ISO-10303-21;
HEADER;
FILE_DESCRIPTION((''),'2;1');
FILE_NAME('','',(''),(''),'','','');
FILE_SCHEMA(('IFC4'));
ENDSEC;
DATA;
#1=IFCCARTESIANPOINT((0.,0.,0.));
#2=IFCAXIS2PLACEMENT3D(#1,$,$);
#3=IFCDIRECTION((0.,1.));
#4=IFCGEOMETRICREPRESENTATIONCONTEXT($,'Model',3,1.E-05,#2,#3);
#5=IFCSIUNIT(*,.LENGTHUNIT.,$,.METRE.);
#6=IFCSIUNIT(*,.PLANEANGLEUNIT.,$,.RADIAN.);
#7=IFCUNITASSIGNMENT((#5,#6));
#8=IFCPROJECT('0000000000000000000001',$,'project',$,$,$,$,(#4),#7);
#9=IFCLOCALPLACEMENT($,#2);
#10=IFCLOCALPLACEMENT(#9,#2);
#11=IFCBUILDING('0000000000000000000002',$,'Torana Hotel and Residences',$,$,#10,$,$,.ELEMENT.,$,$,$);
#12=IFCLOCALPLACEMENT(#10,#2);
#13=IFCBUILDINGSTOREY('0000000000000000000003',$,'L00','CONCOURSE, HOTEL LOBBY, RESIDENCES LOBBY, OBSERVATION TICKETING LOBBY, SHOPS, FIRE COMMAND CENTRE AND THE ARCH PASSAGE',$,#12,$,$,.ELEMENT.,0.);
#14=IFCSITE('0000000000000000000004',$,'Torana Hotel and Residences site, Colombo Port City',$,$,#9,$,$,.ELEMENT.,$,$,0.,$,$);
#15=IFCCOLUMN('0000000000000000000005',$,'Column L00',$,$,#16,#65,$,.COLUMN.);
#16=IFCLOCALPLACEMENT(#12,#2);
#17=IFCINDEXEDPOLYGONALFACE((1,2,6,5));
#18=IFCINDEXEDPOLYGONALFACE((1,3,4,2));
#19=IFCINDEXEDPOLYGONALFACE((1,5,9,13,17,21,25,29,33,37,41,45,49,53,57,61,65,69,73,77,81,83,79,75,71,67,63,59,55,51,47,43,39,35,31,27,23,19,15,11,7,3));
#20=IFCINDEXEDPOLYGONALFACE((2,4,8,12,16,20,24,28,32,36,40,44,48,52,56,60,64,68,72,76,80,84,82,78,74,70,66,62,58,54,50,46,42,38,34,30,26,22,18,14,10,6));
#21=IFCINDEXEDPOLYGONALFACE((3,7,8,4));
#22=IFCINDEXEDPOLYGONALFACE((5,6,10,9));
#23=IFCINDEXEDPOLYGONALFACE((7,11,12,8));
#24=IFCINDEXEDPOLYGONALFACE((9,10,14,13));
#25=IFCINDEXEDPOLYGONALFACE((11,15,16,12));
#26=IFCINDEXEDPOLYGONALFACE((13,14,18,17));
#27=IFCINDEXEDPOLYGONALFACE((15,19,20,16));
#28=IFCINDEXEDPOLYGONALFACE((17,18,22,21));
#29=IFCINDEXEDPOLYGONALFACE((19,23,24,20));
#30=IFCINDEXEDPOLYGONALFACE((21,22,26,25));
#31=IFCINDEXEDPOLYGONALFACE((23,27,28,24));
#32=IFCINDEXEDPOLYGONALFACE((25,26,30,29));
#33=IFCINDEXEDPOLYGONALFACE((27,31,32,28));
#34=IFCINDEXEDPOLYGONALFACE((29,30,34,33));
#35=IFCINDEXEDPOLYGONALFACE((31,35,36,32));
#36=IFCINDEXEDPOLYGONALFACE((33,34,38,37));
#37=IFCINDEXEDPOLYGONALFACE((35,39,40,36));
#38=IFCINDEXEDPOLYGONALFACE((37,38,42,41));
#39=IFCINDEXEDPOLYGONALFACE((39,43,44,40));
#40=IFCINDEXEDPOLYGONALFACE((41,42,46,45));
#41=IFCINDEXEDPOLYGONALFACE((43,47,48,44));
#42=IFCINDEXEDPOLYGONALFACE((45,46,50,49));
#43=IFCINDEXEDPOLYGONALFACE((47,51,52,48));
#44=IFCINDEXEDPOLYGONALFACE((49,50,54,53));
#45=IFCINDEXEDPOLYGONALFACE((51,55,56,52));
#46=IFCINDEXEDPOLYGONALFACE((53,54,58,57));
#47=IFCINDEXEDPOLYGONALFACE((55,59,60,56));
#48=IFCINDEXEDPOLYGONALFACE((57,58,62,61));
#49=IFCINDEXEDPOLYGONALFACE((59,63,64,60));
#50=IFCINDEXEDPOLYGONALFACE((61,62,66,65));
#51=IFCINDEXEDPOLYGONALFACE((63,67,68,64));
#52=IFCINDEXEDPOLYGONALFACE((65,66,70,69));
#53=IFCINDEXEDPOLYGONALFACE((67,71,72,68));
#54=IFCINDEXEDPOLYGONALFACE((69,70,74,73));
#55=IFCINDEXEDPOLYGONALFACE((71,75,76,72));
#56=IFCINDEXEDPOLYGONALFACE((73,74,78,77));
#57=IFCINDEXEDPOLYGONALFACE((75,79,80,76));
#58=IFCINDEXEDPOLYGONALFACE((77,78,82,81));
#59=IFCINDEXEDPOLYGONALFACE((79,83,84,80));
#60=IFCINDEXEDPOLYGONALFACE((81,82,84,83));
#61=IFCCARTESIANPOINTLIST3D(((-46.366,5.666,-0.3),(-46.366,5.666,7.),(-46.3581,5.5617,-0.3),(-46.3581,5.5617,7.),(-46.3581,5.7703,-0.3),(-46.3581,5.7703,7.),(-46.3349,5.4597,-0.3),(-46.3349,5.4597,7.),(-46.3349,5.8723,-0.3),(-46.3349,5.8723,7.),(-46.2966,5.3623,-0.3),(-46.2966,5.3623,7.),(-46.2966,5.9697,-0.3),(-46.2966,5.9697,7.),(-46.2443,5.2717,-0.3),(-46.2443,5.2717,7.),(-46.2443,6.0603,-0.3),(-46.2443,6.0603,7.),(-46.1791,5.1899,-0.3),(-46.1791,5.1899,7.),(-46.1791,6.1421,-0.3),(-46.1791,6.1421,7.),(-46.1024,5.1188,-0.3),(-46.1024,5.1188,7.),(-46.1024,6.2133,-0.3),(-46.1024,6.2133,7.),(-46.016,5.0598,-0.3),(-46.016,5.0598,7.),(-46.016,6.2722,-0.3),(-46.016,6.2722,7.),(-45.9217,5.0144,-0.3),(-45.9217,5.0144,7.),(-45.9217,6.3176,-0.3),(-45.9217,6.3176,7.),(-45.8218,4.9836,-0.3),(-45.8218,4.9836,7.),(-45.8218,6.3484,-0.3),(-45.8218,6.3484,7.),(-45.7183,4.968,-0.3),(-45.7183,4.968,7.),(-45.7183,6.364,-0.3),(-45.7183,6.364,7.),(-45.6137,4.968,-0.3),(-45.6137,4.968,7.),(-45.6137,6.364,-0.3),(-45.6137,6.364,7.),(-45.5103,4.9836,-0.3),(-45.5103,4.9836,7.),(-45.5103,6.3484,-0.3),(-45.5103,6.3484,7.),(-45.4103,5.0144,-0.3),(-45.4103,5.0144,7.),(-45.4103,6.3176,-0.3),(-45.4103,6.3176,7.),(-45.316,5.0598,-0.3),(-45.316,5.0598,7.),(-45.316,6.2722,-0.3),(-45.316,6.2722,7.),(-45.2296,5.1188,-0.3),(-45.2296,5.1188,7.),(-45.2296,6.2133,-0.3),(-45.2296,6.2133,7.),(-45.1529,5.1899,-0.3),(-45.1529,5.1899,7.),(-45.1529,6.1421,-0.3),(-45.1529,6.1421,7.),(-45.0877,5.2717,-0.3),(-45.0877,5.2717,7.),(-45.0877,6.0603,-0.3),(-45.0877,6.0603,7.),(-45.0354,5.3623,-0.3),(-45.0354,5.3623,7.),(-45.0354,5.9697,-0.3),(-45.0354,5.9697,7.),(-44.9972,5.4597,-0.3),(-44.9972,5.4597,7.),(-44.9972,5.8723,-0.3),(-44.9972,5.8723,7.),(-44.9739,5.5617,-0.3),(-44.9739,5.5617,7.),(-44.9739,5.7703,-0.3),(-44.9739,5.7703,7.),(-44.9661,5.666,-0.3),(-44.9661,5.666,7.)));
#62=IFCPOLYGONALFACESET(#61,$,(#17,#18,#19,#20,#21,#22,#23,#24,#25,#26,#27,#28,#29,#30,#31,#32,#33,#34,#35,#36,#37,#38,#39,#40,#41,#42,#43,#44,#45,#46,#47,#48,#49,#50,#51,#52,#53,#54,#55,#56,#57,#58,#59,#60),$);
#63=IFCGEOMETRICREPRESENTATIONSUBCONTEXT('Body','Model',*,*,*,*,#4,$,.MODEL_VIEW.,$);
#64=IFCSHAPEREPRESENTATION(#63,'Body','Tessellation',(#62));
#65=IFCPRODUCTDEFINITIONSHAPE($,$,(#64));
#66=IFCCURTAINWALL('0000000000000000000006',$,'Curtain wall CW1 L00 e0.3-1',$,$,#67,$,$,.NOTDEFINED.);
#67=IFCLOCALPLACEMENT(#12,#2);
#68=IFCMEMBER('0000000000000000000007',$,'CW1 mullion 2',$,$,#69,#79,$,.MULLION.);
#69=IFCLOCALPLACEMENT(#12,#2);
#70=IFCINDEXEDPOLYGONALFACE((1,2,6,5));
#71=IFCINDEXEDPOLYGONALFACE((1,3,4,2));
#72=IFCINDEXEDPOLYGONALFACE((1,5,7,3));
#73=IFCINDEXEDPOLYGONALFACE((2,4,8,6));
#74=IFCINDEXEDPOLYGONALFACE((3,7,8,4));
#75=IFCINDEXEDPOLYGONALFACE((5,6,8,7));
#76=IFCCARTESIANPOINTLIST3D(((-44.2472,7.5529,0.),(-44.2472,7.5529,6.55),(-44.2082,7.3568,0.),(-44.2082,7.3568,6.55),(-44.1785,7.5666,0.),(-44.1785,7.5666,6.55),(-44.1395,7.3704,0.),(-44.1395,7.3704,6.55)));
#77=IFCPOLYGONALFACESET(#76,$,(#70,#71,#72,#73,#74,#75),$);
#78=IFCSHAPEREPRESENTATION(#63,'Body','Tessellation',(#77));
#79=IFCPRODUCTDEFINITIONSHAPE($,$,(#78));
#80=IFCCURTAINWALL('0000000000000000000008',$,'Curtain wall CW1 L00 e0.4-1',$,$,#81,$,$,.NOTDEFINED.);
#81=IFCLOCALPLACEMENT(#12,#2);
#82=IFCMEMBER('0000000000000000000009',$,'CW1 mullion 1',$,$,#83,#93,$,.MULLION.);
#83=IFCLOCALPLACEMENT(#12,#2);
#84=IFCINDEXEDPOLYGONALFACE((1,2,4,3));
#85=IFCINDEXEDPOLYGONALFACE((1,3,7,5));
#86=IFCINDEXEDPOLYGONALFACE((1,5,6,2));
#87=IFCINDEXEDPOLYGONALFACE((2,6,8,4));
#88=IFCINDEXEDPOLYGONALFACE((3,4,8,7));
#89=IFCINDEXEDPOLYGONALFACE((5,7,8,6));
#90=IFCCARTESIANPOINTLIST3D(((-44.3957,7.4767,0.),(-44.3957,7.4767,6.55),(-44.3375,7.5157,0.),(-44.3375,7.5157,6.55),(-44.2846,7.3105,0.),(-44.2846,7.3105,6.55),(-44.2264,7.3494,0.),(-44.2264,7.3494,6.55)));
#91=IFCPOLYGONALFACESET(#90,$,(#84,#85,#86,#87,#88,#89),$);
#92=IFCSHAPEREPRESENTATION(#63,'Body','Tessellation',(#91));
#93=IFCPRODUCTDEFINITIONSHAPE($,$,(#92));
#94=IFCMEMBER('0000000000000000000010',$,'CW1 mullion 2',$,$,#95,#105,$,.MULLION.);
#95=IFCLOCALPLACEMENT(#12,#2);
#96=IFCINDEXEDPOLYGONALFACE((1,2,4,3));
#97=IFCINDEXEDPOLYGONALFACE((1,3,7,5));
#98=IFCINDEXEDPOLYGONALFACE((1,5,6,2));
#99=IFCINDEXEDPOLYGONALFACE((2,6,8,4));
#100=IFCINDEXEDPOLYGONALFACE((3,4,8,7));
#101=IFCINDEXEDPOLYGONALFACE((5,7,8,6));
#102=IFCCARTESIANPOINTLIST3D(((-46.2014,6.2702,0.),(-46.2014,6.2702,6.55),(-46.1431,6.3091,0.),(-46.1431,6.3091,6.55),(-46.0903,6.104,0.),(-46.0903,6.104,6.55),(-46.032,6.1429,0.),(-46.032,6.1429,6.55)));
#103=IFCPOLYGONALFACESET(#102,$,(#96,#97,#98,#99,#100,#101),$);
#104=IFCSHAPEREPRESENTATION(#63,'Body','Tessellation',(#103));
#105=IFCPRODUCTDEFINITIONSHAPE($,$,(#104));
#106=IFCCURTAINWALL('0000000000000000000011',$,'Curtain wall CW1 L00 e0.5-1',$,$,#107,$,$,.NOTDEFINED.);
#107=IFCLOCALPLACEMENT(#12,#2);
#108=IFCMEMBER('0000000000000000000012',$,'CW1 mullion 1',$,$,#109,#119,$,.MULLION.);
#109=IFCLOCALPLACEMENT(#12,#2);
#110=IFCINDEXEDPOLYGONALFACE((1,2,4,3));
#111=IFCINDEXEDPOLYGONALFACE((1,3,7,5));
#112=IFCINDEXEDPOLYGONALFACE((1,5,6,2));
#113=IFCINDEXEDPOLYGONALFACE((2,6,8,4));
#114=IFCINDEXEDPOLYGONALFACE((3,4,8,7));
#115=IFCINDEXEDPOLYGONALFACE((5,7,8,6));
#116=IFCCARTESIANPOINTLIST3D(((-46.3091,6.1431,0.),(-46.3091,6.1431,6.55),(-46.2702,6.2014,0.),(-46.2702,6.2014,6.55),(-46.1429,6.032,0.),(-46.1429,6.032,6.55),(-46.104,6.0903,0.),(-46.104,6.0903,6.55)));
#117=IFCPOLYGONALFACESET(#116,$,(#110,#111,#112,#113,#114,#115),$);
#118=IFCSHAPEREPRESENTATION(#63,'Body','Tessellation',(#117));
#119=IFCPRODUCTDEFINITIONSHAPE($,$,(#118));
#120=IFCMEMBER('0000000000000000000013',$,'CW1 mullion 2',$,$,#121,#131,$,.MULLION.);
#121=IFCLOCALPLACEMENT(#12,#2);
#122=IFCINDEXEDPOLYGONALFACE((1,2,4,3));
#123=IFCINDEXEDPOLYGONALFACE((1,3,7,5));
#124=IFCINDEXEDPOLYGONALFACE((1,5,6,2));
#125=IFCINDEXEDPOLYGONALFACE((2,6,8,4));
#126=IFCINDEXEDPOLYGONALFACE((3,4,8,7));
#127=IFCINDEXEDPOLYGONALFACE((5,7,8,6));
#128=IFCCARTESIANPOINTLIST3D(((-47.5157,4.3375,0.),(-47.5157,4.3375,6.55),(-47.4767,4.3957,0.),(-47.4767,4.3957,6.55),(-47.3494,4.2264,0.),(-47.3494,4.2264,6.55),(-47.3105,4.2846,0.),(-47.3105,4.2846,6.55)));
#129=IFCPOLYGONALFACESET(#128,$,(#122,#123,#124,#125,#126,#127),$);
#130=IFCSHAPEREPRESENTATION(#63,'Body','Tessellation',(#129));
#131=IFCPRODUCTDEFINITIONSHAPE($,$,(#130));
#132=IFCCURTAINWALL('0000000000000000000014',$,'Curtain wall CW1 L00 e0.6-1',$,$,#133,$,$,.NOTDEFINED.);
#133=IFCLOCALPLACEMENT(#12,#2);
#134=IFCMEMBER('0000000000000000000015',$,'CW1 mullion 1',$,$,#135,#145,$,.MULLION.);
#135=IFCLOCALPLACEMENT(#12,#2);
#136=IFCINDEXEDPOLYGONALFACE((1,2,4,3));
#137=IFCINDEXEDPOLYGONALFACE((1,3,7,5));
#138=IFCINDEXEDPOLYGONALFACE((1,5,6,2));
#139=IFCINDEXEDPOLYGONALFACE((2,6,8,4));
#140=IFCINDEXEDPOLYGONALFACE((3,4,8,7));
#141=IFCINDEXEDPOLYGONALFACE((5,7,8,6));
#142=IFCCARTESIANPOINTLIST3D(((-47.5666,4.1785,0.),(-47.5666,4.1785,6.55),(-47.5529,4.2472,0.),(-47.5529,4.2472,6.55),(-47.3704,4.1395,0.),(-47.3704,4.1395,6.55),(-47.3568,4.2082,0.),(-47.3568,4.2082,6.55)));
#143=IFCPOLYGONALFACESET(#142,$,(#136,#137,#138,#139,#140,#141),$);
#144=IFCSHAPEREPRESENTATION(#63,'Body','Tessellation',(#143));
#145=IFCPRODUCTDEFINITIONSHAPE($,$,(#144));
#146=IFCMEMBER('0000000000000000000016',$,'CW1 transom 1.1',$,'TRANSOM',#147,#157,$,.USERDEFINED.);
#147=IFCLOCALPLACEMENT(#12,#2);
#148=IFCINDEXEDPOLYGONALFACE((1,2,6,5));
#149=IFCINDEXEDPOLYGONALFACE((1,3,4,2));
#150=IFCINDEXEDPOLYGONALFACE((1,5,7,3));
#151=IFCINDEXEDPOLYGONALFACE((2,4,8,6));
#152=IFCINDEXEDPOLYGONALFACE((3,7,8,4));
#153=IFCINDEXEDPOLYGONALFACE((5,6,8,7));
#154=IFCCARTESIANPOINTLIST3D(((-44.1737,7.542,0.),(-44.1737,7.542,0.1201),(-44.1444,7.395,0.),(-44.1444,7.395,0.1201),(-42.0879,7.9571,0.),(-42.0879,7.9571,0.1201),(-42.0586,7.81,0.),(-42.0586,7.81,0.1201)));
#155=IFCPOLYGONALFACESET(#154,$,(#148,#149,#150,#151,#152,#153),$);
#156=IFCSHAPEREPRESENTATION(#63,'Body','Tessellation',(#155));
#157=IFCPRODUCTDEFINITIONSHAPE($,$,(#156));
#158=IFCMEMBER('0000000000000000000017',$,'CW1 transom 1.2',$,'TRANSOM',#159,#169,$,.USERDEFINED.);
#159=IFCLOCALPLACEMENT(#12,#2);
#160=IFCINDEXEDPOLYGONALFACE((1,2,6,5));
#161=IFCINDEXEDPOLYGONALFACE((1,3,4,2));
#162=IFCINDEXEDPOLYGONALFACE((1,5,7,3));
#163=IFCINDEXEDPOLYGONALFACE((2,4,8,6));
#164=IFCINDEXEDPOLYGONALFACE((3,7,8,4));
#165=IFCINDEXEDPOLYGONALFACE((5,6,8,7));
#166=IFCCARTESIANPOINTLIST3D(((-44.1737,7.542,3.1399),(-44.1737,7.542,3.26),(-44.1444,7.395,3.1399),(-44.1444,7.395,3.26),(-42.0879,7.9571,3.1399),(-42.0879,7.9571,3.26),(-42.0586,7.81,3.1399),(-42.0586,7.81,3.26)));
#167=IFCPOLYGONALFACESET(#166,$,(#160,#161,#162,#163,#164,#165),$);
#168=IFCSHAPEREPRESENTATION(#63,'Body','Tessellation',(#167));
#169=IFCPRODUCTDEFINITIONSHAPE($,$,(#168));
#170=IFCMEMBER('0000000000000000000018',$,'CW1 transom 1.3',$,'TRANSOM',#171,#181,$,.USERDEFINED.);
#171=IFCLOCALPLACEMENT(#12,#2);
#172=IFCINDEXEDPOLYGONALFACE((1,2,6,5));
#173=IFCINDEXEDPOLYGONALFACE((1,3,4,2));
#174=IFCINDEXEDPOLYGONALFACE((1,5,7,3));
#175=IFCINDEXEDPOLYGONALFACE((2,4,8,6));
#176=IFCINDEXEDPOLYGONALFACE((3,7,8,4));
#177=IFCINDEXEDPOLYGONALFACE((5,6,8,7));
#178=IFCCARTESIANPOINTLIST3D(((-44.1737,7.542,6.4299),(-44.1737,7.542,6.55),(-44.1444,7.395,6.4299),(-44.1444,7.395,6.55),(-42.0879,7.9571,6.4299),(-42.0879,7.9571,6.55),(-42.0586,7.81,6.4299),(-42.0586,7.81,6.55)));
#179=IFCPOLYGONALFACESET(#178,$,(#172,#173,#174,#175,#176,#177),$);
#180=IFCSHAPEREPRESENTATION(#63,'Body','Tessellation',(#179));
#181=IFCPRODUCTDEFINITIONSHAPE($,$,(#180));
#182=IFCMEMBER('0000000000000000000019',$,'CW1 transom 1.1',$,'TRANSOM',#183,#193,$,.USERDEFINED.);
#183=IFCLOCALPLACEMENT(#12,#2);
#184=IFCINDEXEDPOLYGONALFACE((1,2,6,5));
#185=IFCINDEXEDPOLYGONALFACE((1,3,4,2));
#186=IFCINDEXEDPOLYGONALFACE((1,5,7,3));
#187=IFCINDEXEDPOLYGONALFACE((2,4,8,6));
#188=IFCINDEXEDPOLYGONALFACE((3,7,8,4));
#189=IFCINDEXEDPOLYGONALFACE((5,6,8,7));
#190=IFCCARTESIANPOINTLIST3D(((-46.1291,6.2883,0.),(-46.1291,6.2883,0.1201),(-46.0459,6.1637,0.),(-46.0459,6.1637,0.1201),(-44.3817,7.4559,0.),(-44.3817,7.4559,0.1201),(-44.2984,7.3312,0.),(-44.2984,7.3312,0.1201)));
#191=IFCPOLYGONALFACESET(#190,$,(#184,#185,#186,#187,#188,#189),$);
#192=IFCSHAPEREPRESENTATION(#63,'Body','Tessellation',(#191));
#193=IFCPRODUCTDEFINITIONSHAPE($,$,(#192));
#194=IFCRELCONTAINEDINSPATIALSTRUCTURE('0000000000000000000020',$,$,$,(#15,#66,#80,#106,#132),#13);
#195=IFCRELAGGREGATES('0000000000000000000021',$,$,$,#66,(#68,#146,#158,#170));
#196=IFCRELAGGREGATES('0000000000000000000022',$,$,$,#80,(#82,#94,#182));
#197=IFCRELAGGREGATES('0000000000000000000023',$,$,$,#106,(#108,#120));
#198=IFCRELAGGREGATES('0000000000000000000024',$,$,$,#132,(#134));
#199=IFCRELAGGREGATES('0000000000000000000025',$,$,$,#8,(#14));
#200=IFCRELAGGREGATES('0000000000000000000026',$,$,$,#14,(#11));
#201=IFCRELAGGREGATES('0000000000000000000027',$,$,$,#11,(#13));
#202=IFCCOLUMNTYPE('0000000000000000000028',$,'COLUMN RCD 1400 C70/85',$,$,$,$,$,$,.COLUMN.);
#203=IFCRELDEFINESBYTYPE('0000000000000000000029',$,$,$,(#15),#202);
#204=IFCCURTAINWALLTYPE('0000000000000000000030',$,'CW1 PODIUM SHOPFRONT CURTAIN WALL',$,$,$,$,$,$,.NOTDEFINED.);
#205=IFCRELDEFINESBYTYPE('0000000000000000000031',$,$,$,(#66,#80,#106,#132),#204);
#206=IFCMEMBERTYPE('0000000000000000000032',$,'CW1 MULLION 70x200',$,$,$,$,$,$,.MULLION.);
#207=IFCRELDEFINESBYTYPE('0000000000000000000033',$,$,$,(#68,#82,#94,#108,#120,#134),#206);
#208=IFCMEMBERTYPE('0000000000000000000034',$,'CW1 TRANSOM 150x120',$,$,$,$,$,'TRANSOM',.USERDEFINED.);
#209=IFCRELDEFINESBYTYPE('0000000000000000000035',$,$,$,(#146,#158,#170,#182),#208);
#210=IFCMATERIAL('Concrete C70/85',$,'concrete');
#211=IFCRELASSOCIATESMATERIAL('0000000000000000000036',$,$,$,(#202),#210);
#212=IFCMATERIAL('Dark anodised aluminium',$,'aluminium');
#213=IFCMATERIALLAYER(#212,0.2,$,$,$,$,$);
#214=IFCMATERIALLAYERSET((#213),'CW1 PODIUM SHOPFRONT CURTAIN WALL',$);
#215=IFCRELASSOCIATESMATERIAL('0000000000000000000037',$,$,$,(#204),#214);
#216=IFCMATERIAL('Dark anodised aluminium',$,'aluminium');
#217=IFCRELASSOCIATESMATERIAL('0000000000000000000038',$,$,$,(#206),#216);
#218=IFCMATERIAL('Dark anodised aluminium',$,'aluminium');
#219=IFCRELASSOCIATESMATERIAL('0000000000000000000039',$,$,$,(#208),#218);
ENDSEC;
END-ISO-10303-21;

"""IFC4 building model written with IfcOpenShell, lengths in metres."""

from ifc_helpers import new_model, si_unit, direction, frame, origin, origin_2d, place, context, subcontext, project, spatial, rectangle, circle, extrude, material, layer, layer_set, material_profile, profile_set, type_object, element, aggregate, save


model = new_model("IFC4")

# Units and contexts
model_context = context("Model", 3, precision=1e-05, world=origin(), true_north=direction((0.0, 1.0)))
body_context = subcontext(model_context, "Body", "Model", "MODEL_VIEW")
ifc_project = project(units=[si_unit("LENGTHUNIT", "METRE"), si_unit("PLANEANGLEUNIT", "RADIAN")], contexts=[model_context])

# Site, building, storey
site_placement = place(None, origin())
site = spatial("IfcSite", under=ifc_project, at=site_placement, Name="Torana Hotel and Residences site, Colombo Port City", CompositionType="ELEMENT", RefElevation=0.0)
building_placement = place(site_placement, origin())
building = spatial("IfcBuilding", under=site, at=building_placement, Name="Torana Hotel and Residences", CompositionType="ELEMENT")
storey_placement = place(building_placement, origin())
storey = spatial("IfcBuildingStorey", under=building, at=storey_placement, Name="L00", Description="CONCOURSE, HOTEL LOBBY, RESIDENCES LOBBY, OBSERVATION TICKETING LOBBY, SHOPS, FIRE COMMAND CENTRE AND THE ARCH PASSAGE", CompositionType="ELEMENT", Elevation=0.0)

# Column
ifc_material_1 = material(Name="Concrete C70/85", Category="concrete")
ifc_material_profile_1 = material_profile(ifc_material_1, circle(Radius=0.7, at=origin_2d()), Name="RCD 1400")
ifc_profile_set_1 = profile_set([ifc_material_profile_1], Name="Concrete C70/85")
column_type = type_object("IfcColumnType", Name="COLUMN RCD 1400 C70/85", PredefinedType="COLUMN", material=ifc_profile_set_1)
column_placement = place(storey_placement, frame((-45.666, 5.666, -0.3), z_axis=(0.0, 0.0, 1.0), x_axis=(1.0, 0.0, 0.0)))
element("IfcColumn", 1, at=column_placement, inside=storey, type_object=column_type, Name="Column L00", PredefinedType="COLUMN", context=body_context, shape_type="SweptSolid", body=[
    extrude(circle(Radius=0.7, at=origin_2d()), origin(), (0.0, 0.0, 1.0), 7.3),
])

# Curtain wall, member
ifc_material_2 = material(Name="Dark anodised aluminium", Category="aluminium")
ifc_layer_1 = layer(ifc_material_2, 0.2)
ifc_layer_set_1 = layer_set([ifc_layer_1], Name="CW1 PODIUM SHOPFRONT CURTAIN WALL")
curtain_wall_type = type_object("IfcCurtainWallType", Name="CW1 PODIUM SHOPFRONT CURTAIN WALL", PredefinedType="NOTDEFINED", material=ifc_layer_set_1)
curtain_wall_1_placement = place(storey_placement, origin())
curtain_wall_1 = element("IfcCurtainWall", 2, at=curtain_wall_1_placement, inside=storey, type_object=curtain_wall_type, Name="Curtain wall CW1 L00 e0.3-1", PredefinedType="NOTDEFINED")
ifc_material_3 = material(Name="Dark anodised aluminium", Category="aluminium")
ifc_material_profile_2 = material_profile(ifc_material_3, rectangle(XDim=0.2, YDim=0.0701, at=origin_2d()), Name="CW1 MULLION 70x200")
ifc_profile_set_2 = profile_set([ifc_material_profile_2], Name="Dark anodised aluminium")
member_type_1 = type_object("IfcMemberType", Name="CW1 MULLION 70x200", PredefinedType="MULLION", material=ifc_profile_set_2)
member_1_placement = place(storey_placement, frame((-44.1934, 7.4617, 0.0), z_axis=(0.0, 0.0, 1.0), x_axis=(0.195081, -0.980787, 0.0)))
member_1 = element("IfcMember", 3, at=member_1_placement, type_object=member_type_1, Name="CW1 mullion 2", PredefinedType="MULLION", context=body_context, shape_type="SweptSolid", body=[
    extrude(rectangle(XDim=0.2, YDim=0.0701, at=origin_2d()), origin(), (0.0, 0.0, 1.0), 6.55),
])

# Curtain walls, members
curtain_wall_2_placement = place(storey_placement, origin())
curtain_wall_2 = element("IfcCurtainWall", 4, at=curtain_wall_2_placement, inside=storey, type_object=curtain_wall_type, Name="Curtain wall CW1 L00 e0.4-1", PredefinedType="NOTDEFINED")
member_2_placement = place(storey_placement, frame((-44.311, 7.4131, 0.0), z_axis=(0.0, 0.0, 1.0), x_axis=(0.555585, -0.83146, 0.0)))
member_2 = element("IfcMember", 5, at=member_2_placement, type_object=member_type_1, Name="CW1 mullion 1", PredefinedType="MULLION", context=body_context, shape_type="SweptSolid", body=[
    extrude(rectangle(XDim=0.2, YDim=0.0701, at=origin_2d()), origin(), (0.0, 0.0, 1.0), 6.55),
])
member_3_placement = place(storey_placement, frame((-46.1167, 6.2065, 0.0), z_axis=(0.0, 0.0, 1.0), x_axis=(0.555585, -0.83146, 0.0)))
member_3 = element("IfcMember", 6, at=member_3_placement, type_object=member_type_1, Name="CW1 mullion 2", PredefinedType="MULLION", context=body_context, shape_type="SweptSolid", body=[
    extrude(rectangle(XDim=0.2, YDim=0.0701, at=origin_2d()), origin(), (0.0, 0.0, 1.0), 6.55),
])
curtain_wall_3_placement = place(storey_placement, origin())
curtain_wall_3 = element("IfcCurtainWall", 7, at=curtain_wall_3_placement, inside=storey, type_object=curtain_wall_type, Name="Curtain wall CW1 L00 e0.5-1", PredefinedType="NOTDEFINED")
member_4_placement = place(storey_placement, frame((-46.2065, 6.1167, 0.0), z_axis=(0.0, 0.0, 1.0), x_axis=(0.83146, -0.555585, 0.0)))
member_4 = element("IfcMember", 8, at=member_4_placement, type_object=member_type_1, Name="CW1 mullion 1", PredefinedType="MULLION", context=body_context, shape_type="SweptSolid", body=[
    extrude(rectangle(XDim=0.2, YDim=0.0701, at=origin_2d()), origin(), (0.0, 0.0, 1.0), 6.55),
])
member_5_placement = place(storey_placement, frame((-47.4131, 4.311, 0.0), z_axis=(0.0, 0.0, 1.0), x_axis=(0.83146, -0.555585, 0.0)))
member_5 = element("IfcMember", 9, at=member_5_placement, type_object=member_type_1, Name="CW1 mullion 2", PredefinedType="MULLION", context=body_context, shape_type="SweptSolid", body=[
    extrude(rectangle(XDim=0.2, YDim=0.0701, at=origin_2d()), origin(), (0.0, 0.0, 1.0), 6.55),
])

# Curtain wall, member
curtain_wall_4_placement = place(storey_placement, origin())
curtain_wall_4 = element("IfcCurtainWall", 10, at=curtain_wall_4_placement, inside=storey, type_object=curtain_wall_type, Name="Curtain wall CW1 L00 e0.6-1", PredefinedType="NOTDEFINED")
member_6_placement = place(storey_placement, frame((-47.4617, 4.1934, 0.0), z_axis=(0.0, 0.0, 1.0), x_axis=(0.980787, -0.195081, 0.0)))
member_6 = element("IfcMember", 11, at=member_6_placement, type_object=member_type_1, Name="CW1 mullion 1", PredefinedType="MULLION", context=body_context, shape_type="SweptSolid", body=[
    extrude(rectangle(XDim=0.2, YDim=0.0701, at=origin_2d()), origin(), (0.0, 0.0, 1.0), 6.55),
])

# Members
ifc_material_4 = material(Name="Dark anodised aluminium", Category="aluminium")
ifc_material_profile_3 = material_profile(ifc_material_4, rectangle(XDim=0.1499, YDim=0.1201, at=origin_2d()), Name="CW1 TRANSOM 150x120")
ifc_profile_set_3 = profile_set([ifc_material_profile_3], Name="Dark anodised aluminium")
member_type_2 = type_object("IfcMemberType", Name="CW1 TRANSOM 150x120", ElementType="TRANSOM", PredefinedType="USERDEFINED", material=ifc_profile_set_3)
member_7_placement = place(storey_placement, frame((-42.0732, 7.8835, 0.0601), z_axis=(-0.980774, -0.195145, 0.0), x_axis=(0.195145, -0.980774, 0.0)))
member_7 = element("IfcMember", 12, at=member_7_placement, type_object=member_type_2, Name="CW1 transom 1.1", ObjectType="TRANSOM", PredefinedType="USERDEFINED", context=body_context, shape_type="SweptSolid", body=[
    extrude(rectangle(XDim=0.1499, YDim=0.1201, at=origin_2d()), origin(), (0.0, 0.0, 1.0), 2.1267),
])
member_8_placement = place(storey_placement, frame((-42.0732, 7.8835, 3.2), z_axis=(-0.980774, -0.195145, 0.0), x_axis=(0.195145, -0.980774, 0.0)))
member_8 = element("IfcMember", 13, at=member_8_placement, type_object=member_type_2, Name="CW1 transom 1.2", ObjectType="TRANSOM", PredefinedType="USERDEFINED", context=body_context, shape_type="SweptSolid", body=[
    extrude(rectangle(XDim=0.1499, YDim=0.1201, at=origin_2d()), origin(), (0.0, 0.0, 1.0), 2.1267),
])
member_9_placement = place(storey_placement, frame((-42.0732, 7.8835, 6.49), z_axis=(-0.980774, -0.195145, 0.0), x_axis=(0.195145, -0.980774, 0.0)))
member_9 = element("IfcMember", 14, at=member_9_placement, type_object=member_type_2, Name="CW1 transom 1.3", ObjectType="TRANSOM", PredefinedType="USERDEFINED", context=body_context, shape_type="SweptSolid", body=[
    extrude(rectangle(XDim=0.1499, YDim=0.1201, at=origin_2d()), origin(), (0.0, 0.0, 1.0), 2.1267),
])
member_10_placement = place(storey_placement, frame((-44.3401, 7.3936, 0.0601), z_axis=(-0.831478, -0.555558, 0.0), x_axis=(0.555558, -0.831478, 0.0)))
member_10 = element("IfcMember", 15, at=member_10_placement, type_object=member_type_2, Name="CW1 transom 1.1", ObjectType="TRANSOM", PredefinedType="USERDEFINED", context=body_context, shape_type="SweptSolid", body=[
    extrude(rectangle(XDim=0.1499, YDim=0.1201, at=origin_2d()), origin(), (0.0, 0.0, 1.0), 2.1016),
])

aggregate(curtain_wall_1, [member_1, member_7, member_8, member_9])
aggregate(curtain_wall_2, [member_2, member_3, member_10])
aggregate(curtain_wall_3, [member_4, member_5])
aggregate(curtain_wall_4, [member_6])

save(model, "model.ifc")
